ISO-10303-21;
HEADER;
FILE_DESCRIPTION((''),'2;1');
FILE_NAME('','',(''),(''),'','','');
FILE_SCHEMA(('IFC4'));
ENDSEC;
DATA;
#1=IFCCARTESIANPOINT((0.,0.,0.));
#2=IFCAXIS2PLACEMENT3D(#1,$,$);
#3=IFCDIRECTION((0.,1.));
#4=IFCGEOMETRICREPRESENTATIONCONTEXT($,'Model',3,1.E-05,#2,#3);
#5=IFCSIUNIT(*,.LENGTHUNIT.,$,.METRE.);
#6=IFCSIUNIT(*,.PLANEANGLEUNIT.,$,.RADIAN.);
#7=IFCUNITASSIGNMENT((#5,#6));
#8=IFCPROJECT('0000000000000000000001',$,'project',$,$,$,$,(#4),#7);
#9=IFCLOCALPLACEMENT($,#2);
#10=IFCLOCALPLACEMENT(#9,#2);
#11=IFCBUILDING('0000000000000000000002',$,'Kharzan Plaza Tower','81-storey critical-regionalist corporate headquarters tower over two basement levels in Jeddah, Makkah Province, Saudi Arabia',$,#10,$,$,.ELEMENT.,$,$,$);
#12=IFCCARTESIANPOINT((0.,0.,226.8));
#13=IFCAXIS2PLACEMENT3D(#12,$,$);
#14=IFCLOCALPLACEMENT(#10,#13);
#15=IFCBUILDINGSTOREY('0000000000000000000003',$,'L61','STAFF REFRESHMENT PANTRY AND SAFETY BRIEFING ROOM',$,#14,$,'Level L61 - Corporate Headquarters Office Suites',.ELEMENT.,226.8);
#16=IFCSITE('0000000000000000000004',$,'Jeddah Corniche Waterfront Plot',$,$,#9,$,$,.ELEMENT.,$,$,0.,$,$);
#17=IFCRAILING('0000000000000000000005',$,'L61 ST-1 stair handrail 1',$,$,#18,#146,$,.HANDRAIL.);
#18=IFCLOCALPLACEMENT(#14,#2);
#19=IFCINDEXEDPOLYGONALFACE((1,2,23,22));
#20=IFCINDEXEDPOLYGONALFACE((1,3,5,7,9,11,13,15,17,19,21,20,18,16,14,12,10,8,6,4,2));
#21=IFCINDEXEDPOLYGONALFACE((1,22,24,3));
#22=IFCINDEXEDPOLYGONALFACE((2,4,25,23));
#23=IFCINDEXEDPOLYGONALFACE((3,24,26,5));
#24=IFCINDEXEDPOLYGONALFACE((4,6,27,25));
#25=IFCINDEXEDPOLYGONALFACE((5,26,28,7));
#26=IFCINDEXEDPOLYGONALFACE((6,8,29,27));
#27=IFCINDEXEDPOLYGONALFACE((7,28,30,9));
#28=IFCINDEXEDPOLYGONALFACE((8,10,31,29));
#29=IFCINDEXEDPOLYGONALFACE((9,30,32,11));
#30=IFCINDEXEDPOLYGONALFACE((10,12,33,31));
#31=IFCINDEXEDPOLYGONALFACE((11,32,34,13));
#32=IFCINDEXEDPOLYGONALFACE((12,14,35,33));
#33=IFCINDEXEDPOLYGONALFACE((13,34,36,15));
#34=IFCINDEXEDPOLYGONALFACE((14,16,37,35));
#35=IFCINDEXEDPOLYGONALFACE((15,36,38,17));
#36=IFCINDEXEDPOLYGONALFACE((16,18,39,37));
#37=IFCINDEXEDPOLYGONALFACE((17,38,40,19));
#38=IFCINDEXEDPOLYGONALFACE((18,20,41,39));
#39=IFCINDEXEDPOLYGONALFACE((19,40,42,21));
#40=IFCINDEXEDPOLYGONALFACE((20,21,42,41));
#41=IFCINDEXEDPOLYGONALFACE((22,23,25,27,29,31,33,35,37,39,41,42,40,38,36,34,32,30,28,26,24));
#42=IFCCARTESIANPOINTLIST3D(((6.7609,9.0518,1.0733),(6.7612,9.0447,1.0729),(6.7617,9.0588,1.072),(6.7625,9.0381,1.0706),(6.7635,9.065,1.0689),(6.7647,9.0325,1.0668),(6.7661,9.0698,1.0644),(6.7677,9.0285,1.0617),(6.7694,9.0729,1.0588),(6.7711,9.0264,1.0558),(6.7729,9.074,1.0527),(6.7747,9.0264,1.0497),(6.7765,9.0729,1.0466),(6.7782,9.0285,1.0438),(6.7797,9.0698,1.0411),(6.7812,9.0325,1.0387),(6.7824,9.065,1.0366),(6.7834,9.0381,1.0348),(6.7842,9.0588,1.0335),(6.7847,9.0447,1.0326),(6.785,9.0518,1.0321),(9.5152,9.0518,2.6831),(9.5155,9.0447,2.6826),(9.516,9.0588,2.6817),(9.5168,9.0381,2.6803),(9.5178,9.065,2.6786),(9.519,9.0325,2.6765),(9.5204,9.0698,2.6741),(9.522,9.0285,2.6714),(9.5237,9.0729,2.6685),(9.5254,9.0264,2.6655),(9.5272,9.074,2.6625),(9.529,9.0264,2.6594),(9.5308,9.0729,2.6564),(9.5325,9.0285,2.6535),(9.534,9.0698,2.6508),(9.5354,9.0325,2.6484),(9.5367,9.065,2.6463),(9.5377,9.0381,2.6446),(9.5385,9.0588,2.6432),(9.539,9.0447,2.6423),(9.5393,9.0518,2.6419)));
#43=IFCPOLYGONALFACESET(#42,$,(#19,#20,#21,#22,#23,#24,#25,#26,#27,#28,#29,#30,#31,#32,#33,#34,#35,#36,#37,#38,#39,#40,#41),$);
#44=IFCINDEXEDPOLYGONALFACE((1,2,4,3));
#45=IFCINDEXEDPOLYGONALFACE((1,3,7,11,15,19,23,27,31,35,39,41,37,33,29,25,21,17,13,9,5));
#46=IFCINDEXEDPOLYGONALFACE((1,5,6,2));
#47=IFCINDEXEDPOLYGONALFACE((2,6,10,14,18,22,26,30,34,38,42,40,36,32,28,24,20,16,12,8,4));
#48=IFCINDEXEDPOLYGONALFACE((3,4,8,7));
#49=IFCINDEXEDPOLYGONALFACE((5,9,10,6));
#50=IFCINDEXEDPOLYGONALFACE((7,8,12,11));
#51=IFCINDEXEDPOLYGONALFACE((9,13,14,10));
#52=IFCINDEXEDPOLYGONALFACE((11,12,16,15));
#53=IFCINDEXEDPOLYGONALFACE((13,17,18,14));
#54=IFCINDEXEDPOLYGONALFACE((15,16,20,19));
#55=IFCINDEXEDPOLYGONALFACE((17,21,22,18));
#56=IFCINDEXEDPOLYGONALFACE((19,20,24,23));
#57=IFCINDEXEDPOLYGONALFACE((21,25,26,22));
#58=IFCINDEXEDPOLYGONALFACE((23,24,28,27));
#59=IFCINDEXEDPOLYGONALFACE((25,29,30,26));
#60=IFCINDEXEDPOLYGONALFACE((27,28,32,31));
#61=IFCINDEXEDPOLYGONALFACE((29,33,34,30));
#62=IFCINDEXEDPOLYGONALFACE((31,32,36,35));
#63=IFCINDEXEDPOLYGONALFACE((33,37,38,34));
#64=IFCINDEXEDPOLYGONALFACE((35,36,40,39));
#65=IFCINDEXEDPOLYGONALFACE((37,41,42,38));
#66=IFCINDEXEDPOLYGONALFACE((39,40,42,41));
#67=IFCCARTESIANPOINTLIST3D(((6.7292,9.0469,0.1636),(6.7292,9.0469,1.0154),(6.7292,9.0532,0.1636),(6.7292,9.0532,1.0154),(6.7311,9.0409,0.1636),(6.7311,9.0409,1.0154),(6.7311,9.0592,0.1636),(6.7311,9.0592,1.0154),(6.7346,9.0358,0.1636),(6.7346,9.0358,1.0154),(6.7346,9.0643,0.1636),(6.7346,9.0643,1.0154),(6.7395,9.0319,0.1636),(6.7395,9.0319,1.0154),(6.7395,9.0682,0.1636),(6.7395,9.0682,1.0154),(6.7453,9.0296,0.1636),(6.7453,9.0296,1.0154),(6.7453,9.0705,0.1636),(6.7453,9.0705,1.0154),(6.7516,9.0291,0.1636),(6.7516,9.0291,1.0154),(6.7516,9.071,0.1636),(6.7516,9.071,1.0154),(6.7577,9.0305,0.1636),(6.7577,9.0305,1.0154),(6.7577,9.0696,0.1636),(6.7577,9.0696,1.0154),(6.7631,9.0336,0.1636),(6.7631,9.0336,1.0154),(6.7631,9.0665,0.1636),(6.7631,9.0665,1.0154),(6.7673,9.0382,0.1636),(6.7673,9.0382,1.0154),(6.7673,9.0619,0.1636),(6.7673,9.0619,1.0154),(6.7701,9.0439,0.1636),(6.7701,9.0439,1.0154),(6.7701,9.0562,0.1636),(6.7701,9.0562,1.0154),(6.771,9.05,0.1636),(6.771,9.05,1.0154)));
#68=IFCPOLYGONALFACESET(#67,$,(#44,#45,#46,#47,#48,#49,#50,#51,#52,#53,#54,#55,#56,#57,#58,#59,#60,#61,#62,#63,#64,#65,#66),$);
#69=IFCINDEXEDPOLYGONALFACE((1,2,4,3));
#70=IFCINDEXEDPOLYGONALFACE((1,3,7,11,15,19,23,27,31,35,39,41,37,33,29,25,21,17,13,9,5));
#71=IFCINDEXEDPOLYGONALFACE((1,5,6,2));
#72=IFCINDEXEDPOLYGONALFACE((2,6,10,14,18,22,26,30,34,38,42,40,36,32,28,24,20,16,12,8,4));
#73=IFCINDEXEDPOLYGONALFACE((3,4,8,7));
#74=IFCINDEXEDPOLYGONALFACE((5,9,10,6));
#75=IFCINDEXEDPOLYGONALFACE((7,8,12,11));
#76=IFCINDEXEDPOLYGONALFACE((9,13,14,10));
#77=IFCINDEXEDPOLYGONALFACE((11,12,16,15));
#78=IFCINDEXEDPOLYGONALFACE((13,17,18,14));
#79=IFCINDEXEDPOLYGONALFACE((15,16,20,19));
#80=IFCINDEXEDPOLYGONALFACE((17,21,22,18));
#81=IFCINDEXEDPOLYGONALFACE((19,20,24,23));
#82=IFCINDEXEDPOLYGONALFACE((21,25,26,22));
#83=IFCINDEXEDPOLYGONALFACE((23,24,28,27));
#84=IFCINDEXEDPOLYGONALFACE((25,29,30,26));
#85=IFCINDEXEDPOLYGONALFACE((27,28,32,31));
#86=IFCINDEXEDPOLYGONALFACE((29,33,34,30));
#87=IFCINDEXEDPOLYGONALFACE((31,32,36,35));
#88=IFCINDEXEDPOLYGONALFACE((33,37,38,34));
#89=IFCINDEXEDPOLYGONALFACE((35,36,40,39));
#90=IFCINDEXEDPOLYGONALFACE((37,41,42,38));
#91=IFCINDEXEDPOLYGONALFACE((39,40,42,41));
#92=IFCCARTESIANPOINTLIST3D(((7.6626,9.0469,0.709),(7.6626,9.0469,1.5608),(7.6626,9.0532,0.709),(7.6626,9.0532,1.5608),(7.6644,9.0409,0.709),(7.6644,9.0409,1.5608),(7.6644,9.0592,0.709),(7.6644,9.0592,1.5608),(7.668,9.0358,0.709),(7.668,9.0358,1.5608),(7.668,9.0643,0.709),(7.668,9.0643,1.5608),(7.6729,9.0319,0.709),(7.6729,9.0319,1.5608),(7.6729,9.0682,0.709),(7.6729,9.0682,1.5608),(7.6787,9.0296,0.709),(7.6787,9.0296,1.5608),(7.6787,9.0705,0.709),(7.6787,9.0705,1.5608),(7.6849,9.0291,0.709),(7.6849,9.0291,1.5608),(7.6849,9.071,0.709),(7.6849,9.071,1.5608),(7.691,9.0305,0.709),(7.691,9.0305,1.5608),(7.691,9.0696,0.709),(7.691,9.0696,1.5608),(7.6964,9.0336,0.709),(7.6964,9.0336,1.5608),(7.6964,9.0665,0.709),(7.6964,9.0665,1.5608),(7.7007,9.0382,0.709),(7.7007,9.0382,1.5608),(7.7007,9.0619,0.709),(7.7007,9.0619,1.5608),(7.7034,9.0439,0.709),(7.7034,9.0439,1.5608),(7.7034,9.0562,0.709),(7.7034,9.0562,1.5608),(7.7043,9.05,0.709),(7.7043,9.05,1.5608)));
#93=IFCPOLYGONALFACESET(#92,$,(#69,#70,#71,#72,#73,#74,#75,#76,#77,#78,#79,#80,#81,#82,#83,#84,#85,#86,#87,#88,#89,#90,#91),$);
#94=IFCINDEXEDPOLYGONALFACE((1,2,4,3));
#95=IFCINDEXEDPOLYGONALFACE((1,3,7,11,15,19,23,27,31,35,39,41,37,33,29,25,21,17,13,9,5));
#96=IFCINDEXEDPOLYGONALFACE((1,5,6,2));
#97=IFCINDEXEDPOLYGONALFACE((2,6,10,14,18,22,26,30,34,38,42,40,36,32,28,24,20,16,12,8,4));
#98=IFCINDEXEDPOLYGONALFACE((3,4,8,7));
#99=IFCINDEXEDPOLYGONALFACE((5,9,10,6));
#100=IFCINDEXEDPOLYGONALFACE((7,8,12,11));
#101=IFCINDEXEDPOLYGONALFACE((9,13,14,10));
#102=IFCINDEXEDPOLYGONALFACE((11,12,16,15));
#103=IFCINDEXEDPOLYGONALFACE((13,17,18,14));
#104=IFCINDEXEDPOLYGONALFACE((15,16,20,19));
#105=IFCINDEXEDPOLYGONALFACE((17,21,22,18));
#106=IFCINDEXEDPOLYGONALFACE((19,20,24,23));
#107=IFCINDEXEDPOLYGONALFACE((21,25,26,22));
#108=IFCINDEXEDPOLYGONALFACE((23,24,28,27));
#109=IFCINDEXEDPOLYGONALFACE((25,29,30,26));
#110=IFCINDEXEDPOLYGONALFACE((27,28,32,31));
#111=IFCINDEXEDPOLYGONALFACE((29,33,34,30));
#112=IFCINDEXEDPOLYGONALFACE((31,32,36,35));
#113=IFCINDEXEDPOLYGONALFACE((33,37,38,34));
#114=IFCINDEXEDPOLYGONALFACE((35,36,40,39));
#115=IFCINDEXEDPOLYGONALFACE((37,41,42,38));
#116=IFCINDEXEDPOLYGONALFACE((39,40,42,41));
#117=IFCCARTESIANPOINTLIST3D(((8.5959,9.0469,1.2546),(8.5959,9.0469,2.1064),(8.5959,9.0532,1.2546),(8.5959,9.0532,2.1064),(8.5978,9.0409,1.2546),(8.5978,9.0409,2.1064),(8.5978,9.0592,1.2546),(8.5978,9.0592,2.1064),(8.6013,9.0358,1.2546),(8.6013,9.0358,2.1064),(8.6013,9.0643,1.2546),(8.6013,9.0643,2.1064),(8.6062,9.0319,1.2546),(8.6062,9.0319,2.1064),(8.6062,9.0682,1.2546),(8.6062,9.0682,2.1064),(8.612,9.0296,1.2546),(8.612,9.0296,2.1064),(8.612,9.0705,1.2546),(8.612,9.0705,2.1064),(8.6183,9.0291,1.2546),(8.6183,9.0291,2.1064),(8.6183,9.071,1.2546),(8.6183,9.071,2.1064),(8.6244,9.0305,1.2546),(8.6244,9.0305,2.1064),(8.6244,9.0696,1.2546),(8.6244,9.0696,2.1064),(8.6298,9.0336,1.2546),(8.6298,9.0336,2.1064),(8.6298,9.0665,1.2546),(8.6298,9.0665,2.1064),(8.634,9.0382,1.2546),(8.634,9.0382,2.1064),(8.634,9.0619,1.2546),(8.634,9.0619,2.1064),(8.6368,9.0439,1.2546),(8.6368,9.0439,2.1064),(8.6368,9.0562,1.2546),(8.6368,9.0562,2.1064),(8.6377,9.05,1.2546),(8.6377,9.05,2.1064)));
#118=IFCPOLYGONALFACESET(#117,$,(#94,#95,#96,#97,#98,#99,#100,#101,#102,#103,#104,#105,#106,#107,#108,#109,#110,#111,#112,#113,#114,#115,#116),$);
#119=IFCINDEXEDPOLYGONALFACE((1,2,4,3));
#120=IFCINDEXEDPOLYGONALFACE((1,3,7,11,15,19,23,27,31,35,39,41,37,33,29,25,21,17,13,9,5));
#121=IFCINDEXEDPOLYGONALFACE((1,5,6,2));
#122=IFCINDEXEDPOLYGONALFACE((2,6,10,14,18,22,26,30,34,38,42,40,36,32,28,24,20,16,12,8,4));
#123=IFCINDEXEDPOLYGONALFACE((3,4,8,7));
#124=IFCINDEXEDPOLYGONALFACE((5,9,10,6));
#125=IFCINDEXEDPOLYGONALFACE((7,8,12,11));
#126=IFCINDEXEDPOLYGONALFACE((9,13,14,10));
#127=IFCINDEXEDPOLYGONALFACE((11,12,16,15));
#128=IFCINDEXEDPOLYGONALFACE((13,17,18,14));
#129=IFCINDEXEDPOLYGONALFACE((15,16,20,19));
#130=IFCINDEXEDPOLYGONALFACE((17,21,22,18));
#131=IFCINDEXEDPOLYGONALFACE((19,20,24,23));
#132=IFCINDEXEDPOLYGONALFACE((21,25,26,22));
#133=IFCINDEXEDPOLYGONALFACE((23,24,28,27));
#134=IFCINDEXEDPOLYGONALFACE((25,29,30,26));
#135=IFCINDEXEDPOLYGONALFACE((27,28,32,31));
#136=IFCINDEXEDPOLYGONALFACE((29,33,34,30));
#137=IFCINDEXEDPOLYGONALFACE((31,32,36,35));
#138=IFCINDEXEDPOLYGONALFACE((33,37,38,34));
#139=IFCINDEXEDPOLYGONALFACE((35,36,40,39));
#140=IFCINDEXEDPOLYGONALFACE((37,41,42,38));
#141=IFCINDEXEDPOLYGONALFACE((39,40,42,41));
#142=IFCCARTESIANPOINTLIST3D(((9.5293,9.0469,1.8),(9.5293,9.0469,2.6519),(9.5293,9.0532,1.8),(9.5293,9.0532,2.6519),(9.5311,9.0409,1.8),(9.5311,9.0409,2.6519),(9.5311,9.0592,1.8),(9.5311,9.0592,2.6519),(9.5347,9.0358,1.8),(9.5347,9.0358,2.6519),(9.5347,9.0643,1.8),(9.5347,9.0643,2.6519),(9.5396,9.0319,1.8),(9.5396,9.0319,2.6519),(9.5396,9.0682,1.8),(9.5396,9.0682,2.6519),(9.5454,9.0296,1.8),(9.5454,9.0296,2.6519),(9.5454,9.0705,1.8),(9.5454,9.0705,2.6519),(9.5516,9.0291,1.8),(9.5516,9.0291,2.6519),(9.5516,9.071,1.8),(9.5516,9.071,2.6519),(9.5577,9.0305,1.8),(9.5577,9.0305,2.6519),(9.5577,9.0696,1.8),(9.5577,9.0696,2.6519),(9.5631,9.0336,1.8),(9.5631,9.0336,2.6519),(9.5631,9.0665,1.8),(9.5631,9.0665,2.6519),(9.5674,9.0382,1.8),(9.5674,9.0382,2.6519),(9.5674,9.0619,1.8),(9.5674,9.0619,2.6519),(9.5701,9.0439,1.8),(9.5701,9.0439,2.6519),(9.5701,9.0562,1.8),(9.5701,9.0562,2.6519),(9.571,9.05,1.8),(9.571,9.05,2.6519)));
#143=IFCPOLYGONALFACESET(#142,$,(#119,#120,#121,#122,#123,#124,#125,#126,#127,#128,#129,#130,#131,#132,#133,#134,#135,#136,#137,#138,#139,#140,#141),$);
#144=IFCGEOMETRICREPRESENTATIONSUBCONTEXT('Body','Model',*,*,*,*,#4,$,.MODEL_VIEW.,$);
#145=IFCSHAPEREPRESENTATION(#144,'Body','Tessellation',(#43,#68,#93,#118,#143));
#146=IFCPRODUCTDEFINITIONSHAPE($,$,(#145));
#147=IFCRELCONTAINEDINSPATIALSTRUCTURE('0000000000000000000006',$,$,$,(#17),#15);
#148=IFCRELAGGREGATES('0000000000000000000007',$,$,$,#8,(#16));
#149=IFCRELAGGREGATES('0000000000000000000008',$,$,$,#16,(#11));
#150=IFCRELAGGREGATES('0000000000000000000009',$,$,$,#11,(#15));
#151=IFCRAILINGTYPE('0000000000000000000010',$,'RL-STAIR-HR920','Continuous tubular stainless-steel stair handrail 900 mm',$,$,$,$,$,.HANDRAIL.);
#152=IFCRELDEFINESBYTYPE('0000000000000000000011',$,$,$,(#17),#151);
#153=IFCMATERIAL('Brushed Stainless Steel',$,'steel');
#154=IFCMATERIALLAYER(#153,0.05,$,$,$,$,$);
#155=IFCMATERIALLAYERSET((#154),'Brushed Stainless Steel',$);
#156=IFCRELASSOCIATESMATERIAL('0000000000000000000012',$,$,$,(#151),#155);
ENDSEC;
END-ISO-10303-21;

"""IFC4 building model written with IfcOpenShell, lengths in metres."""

from ifc_helpers import new_model, si_unit, direction, frame, origin, origin_2d, place, context, subcontext, project, spatial, circle, extrude, source, transform, mapped, material, layer, layer_set, type_object, element, save


model = new_model("IFC4")

# Units and contexts
model_context = context("Model", 3, precision=1e-05, world=origin(), true_north=direction((0.0, 1.0)))
body_context = subcontext(model_context, "Body", "Model", "MODEL_VIEW")
ifc_project = project(units=[si_unit("LENGTHUNIT", "METRE"), si_unit("PLANEANGLEUNIT", "RADIAN")], contexts=[model_context])

# Site, building, storey
site_placement = place(None, origin())
site = spatial("IfcSite", under=ifc_project, at=site_placement, Name="Jeddah Corniche Waterfront Plot", CompositionType="ELEMENT", RefElevation=0.0)
building_placement = place(site_placement, origin())
building = spatial("IfcBuilding", under=site, at=building_placement, Name="Kharzan Plaza Tower", Description="81-storey critical-regionalist corporate headquarters tower over two basement levels in Jeddah, Makkah Province, Saudi Arabia", CompositionType="ELEMENT")
storey_placement = place(building_placement, frame((0.0, 0.0, 226.8)))
storey = spatial("IfcBuildingStorey", under=building, at=storey_placement, Name="L61", Description="STAFF REFRESHMENT PANTRY AND SAFETY BRIEFING ROOM", LongName="Level L61 - Corporate Headquarters Office Suites", CompositionType="ELEMENT", Elevation=226.8)

# Railing
ifc_material_1 = material(Name="Brushed Stainless Steel", Category="steel")
ifc_layer_1 = layer(ifc_material_1, 0.05)
ifc_layer_set_1 = layer_set([ifc_layer_1], Name="Brushed Stainless Steel")
railing_type_1 = type_object("IfcRailingType", Name="RL-STAIR-HR920", Description="Continuous tubular stainless-steel stair handrail 900 mm", PredefinedType="HANDRAIL", material=ifc_layer_set_1)
shared_shape_1 = source(origin(), body_context, "Body", "SweptSolid", [
    extrude(circle(Radius=0.0239, at=origin_2d()), frame((0.0229, 0.0, 0.8892), z_axis=(0.863361, 0.0, 0.504587), x_axis=(0.0, 1.0, 0.0)), (0.0, 0.0, 1.0), 3.1902),
    extrude(circle(Radius=0.021, at=origin_2d()), origin(), (0.0, 0.0, 1.0), 0.8518),
    extrude(circle(Radius=0.021, at=origin_2d()), frame((0.9333, 0.0, 0.5454)), (0.0, 0.0, 1.0), 0.8518),
    extrude(circle(Radius=0.021, at=origin_2d()), frame((1.8667, 0.0, 1.0911)), (0.0, 0.0, 1.0), 0.8518),
    extrude(circle(Radius=0.021, at=origin_2d()), frame((2.8, 0.0, 1.6365)), (0.0, 0.0, 1.0), 0.8518),
])
railing_1_placement = place(storey_placement, frame((6.75, 9.05, 0.1636)))
element("IfcRailing", 1, at=railing_1_placement, inside=storey, type_object=railing_type_1, Name="L61 ST-1 stair handrail 1", PredefinedType="HANDRAIL", context=body_context, shape_type="MappedRepresentation", body=[
    mapped(shared_shape_1, transform((0.0, 0.0, 0.0), x_axis=(1.0, 0.0, 0.0), y_axis=(0.0, 1.0, 0.0), z_axis=(0.0, 0.0, 1.0))),
])

save(model, "model.ifc")
